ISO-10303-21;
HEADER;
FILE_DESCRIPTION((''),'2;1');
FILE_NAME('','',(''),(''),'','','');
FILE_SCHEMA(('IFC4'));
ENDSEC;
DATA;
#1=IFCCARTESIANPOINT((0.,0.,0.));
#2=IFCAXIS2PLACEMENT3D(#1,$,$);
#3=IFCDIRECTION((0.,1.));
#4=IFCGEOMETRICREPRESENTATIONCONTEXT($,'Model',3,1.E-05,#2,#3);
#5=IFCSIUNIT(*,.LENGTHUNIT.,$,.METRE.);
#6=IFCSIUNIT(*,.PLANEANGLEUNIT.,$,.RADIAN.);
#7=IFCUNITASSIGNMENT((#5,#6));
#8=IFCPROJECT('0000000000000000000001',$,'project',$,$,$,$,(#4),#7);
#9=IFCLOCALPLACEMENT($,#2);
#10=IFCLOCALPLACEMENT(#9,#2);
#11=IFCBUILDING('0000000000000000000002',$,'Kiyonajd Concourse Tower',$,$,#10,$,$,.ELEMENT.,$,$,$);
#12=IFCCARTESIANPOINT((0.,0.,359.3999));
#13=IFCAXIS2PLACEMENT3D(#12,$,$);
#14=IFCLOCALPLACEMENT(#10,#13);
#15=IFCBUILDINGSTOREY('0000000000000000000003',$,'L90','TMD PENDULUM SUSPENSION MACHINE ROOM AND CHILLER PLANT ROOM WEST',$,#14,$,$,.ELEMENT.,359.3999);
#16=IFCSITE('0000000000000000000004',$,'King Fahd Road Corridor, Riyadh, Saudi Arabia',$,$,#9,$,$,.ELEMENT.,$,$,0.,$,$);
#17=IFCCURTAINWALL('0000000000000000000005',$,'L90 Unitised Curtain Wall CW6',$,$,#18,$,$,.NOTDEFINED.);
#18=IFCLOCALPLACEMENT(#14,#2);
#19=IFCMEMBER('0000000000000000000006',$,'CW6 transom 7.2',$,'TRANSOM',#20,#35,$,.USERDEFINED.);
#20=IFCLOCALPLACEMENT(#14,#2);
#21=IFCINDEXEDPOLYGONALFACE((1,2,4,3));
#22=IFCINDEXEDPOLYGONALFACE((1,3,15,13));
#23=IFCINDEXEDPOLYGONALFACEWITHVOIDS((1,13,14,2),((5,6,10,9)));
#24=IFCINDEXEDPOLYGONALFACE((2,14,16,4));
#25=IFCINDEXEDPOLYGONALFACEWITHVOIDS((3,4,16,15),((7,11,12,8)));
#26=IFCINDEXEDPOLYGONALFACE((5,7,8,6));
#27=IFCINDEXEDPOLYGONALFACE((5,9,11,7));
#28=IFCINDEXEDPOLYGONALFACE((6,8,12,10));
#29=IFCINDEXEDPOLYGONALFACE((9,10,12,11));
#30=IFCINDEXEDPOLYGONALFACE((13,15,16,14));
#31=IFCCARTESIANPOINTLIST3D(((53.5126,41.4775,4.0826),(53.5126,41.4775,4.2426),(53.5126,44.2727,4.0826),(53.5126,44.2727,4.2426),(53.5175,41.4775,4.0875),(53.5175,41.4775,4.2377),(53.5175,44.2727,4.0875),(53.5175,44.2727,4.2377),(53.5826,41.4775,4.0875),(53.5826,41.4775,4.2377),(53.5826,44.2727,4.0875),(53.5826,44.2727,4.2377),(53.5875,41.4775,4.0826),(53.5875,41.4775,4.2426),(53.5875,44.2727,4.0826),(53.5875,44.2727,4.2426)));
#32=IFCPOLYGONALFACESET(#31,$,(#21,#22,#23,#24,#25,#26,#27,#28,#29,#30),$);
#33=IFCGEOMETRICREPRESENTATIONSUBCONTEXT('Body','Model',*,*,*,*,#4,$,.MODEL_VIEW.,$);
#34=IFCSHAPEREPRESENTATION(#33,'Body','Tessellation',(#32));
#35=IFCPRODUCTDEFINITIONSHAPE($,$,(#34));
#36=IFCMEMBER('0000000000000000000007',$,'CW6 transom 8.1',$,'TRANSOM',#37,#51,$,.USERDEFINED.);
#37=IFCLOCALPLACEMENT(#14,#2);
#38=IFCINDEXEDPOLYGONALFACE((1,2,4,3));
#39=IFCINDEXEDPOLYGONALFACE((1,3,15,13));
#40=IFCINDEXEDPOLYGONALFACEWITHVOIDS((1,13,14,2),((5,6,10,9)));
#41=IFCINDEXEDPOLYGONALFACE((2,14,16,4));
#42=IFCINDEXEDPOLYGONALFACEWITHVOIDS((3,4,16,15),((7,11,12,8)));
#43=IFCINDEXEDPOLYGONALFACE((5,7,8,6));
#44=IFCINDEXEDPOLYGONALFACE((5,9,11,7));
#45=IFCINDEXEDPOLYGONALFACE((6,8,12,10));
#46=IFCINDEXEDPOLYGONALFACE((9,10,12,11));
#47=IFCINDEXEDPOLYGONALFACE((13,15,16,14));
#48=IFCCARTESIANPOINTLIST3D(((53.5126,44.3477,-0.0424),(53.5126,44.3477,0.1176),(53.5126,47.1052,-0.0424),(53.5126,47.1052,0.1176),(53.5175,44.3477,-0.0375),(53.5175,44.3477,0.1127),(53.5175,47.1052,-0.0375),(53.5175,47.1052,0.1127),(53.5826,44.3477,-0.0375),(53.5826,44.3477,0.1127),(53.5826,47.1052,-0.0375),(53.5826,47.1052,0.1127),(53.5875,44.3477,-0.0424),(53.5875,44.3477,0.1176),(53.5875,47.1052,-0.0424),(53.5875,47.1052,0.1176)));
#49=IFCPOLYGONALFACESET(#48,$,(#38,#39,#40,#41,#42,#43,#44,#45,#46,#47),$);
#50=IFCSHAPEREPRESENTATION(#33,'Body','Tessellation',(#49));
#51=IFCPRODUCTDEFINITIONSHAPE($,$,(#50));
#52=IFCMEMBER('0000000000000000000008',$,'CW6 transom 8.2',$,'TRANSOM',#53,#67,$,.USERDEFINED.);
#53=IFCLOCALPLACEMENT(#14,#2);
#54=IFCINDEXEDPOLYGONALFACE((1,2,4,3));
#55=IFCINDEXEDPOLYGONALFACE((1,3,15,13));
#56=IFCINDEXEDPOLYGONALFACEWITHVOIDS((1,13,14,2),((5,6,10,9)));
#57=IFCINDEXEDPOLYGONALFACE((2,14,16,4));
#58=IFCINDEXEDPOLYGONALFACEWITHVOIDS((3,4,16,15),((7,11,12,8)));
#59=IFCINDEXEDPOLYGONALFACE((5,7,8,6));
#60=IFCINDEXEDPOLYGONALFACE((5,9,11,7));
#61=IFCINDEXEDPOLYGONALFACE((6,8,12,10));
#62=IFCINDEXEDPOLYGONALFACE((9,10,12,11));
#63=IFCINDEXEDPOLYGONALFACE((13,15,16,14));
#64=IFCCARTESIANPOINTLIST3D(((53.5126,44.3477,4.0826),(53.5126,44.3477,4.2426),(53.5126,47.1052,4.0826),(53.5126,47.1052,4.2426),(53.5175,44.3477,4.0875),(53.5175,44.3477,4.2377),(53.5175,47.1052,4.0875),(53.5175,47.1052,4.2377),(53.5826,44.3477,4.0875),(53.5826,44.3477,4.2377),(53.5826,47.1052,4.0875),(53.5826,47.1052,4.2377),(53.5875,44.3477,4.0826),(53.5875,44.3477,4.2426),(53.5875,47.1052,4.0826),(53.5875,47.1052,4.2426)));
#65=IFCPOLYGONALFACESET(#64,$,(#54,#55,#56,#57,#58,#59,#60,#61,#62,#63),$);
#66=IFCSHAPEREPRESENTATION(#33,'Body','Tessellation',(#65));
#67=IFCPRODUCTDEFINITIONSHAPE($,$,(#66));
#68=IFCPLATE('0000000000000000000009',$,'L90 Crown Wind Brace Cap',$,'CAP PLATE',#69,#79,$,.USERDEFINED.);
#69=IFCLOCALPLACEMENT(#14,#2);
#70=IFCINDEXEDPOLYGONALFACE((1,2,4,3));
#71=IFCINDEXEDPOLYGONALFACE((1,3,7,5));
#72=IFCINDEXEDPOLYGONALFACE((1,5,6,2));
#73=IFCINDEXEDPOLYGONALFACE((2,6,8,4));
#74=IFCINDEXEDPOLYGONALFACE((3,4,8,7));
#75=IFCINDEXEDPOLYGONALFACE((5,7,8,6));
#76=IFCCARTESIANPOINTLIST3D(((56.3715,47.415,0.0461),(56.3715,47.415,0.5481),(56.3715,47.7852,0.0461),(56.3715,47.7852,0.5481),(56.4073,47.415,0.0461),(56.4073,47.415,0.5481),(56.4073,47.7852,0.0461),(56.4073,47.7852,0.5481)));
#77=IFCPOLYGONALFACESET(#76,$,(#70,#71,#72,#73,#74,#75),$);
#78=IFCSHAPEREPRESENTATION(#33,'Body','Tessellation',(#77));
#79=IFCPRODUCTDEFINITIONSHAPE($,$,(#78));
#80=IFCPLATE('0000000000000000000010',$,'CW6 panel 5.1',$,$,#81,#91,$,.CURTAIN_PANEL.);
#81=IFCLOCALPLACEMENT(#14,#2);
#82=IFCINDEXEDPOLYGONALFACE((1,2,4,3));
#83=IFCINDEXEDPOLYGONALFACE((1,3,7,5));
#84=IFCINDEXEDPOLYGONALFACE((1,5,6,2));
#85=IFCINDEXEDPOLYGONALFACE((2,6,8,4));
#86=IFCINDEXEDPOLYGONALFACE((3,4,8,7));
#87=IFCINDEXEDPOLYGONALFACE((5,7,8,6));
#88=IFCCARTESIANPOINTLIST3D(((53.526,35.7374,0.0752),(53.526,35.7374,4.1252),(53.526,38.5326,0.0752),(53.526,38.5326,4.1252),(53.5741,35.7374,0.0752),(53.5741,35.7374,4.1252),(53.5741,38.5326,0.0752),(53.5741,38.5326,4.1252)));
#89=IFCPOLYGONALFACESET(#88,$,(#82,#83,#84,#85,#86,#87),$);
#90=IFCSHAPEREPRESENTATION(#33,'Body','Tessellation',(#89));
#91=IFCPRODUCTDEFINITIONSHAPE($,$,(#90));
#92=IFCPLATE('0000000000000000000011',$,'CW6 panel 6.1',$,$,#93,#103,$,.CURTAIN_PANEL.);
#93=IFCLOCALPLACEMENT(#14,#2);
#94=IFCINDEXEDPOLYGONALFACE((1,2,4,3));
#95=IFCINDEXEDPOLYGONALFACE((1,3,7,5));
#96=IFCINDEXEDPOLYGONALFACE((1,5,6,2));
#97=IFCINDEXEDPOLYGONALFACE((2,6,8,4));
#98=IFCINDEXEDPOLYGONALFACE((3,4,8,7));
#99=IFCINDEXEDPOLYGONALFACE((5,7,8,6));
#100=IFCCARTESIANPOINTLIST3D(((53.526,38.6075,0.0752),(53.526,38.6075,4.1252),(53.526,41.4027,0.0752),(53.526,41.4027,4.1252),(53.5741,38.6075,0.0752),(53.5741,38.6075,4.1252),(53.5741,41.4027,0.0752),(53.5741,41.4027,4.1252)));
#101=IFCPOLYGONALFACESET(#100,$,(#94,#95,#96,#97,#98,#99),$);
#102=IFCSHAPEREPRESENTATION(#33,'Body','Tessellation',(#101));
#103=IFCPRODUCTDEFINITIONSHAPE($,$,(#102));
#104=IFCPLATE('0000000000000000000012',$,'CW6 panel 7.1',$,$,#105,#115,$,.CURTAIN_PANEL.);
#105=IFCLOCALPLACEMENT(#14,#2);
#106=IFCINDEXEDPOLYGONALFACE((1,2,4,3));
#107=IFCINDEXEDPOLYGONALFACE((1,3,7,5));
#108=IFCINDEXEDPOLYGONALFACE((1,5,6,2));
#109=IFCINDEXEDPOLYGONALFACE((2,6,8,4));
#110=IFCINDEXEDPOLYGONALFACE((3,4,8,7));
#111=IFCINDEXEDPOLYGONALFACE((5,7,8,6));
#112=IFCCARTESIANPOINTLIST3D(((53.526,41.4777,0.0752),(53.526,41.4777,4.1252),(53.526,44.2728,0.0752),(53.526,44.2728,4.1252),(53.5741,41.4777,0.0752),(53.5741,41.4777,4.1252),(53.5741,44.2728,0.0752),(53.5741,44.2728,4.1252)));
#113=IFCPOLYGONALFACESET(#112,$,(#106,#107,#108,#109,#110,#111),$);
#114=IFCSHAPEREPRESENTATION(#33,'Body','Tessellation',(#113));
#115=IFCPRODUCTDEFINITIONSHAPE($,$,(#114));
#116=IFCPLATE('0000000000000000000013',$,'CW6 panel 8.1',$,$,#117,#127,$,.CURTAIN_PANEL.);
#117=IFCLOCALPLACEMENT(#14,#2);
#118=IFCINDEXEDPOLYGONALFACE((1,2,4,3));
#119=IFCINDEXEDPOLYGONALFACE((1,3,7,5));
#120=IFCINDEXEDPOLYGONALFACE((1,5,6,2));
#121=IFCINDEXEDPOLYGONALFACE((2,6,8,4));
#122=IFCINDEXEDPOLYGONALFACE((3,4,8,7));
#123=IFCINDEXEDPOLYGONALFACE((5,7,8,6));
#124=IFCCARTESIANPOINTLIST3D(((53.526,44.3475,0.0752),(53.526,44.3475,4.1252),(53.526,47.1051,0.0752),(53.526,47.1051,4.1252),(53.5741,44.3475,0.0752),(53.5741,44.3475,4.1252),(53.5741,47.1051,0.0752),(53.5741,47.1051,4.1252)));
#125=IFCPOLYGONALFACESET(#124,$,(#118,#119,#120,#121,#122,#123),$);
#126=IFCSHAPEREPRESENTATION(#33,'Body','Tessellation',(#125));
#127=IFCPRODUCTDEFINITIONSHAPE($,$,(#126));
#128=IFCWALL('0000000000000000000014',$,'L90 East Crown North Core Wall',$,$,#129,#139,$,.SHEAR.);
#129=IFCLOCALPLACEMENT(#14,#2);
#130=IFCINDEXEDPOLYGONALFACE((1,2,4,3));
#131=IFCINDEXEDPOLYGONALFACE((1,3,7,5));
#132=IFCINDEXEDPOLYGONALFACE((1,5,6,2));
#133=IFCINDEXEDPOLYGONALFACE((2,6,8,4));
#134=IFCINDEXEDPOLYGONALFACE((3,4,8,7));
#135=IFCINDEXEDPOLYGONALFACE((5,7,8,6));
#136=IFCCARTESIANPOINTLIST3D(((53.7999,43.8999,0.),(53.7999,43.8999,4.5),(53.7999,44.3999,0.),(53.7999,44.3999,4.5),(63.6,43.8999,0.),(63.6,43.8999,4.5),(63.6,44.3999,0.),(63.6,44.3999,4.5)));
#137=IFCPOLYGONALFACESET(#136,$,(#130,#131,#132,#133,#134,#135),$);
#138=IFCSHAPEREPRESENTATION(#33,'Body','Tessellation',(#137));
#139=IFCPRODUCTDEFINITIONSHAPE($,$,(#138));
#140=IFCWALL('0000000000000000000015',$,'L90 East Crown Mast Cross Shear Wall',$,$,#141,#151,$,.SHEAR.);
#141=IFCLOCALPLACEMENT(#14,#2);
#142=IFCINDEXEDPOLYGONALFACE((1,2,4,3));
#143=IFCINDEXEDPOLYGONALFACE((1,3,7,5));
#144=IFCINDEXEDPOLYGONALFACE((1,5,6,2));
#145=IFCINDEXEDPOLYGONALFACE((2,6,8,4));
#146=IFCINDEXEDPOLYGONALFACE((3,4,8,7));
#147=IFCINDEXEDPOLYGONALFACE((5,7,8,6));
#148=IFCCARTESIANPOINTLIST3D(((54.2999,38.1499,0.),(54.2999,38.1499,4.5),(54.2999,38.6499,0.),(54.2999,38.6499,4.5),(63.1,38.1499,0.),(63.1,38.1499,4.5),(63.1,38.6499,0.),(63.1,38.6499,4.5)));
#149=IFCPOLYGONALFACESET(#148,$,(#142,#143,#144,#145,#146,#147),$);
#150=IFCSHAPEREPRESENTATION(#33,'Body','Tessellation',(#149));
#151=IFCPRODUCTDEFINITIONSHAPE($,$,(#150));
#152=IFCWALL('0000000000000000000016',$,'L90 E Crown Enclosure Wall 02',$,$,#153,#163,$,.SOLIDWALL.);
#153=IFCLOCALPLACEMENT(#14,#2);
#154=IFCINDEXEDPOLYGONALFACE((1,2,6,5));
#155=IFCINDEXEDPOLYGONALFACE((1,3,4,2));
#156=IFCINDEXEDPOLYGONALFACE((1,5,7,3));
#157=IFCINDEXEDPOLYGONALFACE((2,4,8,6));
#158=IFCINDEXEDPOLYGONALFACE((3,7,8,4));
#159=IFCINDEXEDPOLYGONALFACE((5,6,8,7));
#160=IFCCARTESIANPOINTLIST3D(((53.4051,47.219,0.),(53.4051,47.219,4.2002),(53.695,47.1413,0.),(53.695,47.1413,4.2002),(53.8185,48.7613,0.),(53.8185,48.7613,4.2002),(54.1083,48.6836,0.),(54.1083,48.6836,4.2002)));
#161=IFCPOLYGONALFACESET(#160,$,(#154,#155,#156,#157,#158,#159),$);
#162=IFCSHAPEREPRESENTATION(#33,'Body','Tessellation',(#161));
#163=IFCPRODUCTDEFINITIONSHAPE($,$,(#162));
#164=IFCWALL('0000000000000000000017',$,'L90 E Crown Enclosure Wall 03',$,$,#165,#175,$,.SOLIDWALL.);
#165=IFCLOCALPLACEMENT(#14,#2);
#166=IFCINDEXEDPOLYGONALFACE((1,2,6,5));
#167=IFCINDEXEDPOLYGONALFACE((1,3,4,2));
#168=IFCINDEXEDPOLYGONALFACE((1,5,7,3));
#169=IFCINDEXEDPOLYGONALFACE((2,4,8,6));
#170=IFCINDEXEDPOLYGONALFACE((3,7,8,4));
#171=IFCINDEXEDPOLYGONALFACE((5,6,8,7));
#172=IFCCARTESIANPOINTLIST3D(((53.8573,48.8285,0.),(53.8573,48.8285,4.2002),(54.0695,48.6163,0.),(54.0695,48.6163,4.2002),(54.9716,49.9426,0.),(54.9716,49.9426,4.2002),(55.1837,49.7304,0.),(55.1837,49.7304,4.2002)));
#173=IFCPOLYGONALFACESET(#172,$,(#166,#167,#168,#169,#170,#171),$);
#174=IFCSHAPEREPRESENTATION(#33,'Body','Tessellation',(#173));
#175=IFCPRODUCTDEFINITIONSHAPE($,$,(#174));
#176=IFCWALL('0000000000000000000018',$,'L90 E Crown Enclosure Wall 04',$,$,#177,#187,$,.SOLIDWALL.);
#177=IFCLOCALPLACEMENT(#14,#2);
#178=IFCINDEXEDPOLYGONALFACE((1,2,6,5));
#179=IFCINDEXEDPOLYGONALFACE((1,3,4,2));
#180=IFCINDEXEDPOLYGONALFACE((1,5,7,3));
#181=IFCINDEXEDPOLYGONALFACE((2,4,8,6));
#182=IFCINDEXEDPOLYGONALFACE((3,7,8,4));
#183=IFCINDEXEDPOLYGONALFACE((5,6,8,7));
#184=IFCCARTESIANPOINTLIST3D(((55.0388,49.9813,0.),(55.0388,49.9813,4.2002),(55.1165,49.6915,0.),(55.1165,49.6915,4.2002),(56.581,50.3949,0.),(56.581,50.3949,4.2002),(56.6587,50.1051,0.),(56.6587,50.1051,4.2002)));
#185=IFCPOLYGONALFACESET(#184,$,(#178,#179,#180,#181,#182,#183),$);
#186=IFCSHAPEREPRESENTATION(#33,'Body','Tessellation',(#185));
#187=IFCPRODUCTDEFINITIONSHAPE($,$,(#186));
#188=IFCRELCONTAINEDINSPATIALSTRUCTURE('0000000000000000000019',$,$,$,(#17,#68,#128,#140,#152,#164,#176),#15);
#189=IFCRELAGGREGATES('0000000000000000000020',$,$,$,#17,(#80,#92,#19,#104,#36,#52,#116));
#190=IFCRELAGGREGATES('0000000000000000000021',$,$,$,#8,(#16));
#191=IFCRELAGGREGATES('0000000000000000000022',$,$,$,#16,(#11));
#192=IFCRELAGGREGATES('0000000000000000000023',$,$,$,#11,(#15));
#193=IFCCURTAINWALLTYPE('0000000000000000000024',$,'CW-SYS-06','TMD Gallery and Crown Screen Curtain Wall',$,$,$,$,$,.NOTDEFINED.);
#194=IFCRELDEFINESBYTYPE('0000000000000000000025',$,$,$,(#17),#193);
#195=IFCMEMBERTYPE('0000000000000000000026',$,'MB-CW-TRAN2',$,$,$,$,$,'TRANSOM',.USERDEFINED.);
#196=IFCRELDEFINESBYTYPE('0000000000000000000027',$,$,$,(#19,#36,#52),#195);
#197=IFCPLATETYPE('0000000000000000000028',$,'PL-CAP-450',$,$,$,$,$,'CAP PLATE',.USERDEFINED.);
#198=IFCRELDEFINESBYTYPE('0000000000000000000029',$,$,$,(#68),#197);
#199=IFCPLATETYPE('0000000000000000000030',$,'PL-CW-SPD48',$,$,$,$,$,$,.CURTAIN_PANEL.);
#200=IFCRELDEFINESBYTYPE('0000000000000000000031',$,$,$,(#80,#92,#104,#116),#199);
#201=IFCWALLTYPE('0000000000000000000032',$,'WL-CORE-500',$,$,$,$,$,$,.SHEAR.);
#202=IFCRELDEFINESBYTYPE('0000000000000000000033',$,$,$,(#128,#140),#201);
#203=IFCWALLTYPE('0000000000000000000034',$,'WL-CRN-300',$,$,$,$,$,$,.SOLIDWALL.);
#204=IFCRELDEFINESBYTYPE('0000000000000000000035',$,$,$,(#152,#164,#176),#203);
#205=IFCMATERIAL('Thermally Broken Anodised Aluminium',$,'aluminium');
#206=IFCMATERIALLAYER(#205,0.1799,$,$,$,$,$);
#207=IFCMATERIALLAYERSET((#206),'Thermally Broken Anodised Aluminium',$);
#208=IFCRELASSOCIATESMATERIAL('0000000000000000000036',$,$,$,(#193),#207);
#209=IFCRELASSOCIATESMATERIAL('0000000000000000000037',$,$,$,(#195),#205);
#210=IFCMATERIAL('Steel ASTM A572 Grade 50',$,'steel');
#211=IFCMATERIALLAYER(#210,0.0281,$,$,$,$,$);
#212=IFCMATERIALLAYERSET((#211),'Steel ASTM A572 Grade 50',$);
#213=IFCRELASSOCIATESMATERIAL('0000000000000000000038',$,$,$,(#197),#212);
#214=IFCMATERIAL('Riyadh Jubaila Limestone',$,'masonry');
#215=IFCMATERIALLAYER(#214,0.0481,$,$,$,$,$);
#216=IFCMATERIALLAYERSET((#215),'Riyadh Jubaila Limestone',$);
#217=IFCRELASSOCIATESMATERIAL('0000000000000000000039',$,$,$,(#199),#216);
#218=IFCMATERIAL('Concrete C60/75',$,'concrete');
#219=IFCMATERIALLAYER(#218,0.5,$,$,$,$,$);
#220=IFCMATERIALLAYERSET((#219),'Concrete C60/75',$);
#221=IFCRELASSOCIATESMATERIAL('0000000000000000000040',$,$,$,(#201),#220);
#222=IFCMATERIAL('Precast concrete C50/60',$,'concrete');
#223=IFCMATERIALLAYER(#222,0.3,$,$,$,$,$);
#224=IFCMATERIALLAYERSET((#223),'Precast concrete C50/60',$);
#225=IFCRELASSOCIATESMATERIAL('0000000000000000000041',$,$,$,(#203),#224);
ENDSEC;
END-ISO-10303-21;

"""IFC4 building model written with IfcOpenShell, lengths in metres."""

from ifc_helpers import new_model, si_unit, direction, frame, frame_2d, origin, origin_2d, place, context, subcontext, project, spatial, rectangle, hollow_rectangle, extrude, material, layer, layer_set, material_profile, profile_set, type_object, element, aggregate, save


model = new_model("IFC4")

# Units and contexts
model_context = context("Model", 3, precision=1e-05, world=origin(), true_north=direction((0.0, 1.0)))
body_context = subcontext(model_context, "Body", "Model", "MODEL_VIEW")
ifc_project = project(units=[si_unit("LENGTHUNIT", "METRE"), si_unit("PLANEANGLEUNIT", "RADIAN")], contexts=[model_context])

# Site, building, storey
site_placement = place(None, origin())
site = spatial("IfcSite", under=ifc_project, at=site_placement, Name="King Fahd Road Corridor, Riyadh, Saudi Arabia", CompositionType="ELEMENT", RefElevation=0.0)
building_placement = place(site_placement, origin())
building = spatial("IfcBuilding", under=site, at=building_placement, Name="Kiyonajd Concourse Tower", CompositionType="ELEMENT")
storey_placement = place(building_placement, frame((0.0, 0.0, 359.3999)))
storey = spatial("IfcBuildingStorey", under=building, at=storey_placement, Name="L90", Description="TMD PENDULUM SUSPENSION MACHINE ROOM AND CHILLER PLANT ROOM WEST", CompositionType="ELEMENT", Elevation=359.3999)

# Shared definitions
ifc_material_1 = material(Name="Steel ASTM A572 Grade 50", Category="steel")

# Shared definitions
ifc_material_2 = material(Name="Thermally Broken Anodised Aluminium", Category="aluminium")
ifc_layer_1 = layer(ifc_material_2, 0.1799)
ifc_layer_set_1 = layer_set([ifc_layer_1], Name="Thermally Broken Anodised Aluminium")
curtain_wall_type = type_object("IfcCurtainWallType", Name="CW-SYS-06", Description="TMD Gallery and Crown Screen Curtain Wall", PredefinedType="NOTDEFINED", material=ifc_layer_set_1)

# Curtain wall, members
curtain_wall_1_placement = place(storey_placement, origin())
curtain_wall_1 = element("IfcCurtainWall", 1, at=curtain_wall_1_placement, inside=storey, type_object=curtain_wall_type, Name="L90 Unitised Curtain Wall CW6", PredefinedType="NOTDEFINED")
ifc_material_profile_1 = material_profile(ifc_material_2, hollow_rectangle(XDim=0.075, YDim=0.1599, WallThickness=0.0049, at=origin_2d()), Name="TRAN-75x160")
ifc_profile_set_1 = profile_set([ifc_material_profile_1], Name="Thermally Broken Anodised Aluminium")
member_type_1 = type_object("IfcMemberType", Name="MB-CW-TRAN2", ElementType="TRANSOM", PredefinedType="USERDEFINED", material=ifc_profile_set_1)
member_1_placement = place(storey_placement, frame((53.55, 41.4775, 4.1626), z_axis=(0.0, 1.0, 0.0), x_axis=(-1.0, 0.0, 0.0)))
member_1 = element("IfcMember", 2, at=member_1_placement, type_object=member_type_1, Name="CW6 transom 7.2", ObjectType="TRANSOM", PredefinedType="USERDEFINED", context=body_context, shape_type="SweptSolid", body=[
    extrude(hollow_rectangle(XDim=0.075, YDim=0.1599, WallThickness=0.0049, at=origin_2d()), origin(), (0.0, 0.0, 1.0), 2.7952),
])
member_2_placement = place(storey_placement, frame((53.55, 44.3477, 0.0376), z_axis=(0.0, 1.0, 0.0), x_axis=(-1.0, 0.0, 0.0)))
member_2 = element("IfcMember", 3, at=member_2_placement, type_object=member_type_1, Name="CW6 transom 8.1", ObjectType="TRANSOM", PredefinedType="USERDEFINED", context=body_context, shape_type="SweptSolid", body=[
    extrude(hollow_rectangle(XDim=0.075, YDim=0.1599, WallThickness=0.0049, at=origin_2d()), origin(), (0.0, 0.0, 1.0), 2.7576),
])
member_3_placement = place(storey_placement, frame((53.55, 44.3477, 4.1626), z_axis=(0.0, 1.0, 0.0), x_axis=(-1.0, 0.0, 0.0)))
member_3 = element("IfcMember", 4, at=member_3_placement, type_object=member_type_1, Name="CW6 transom 8.2", ObjectType="TRANSOM", PredefinedType="USERDEFINED", context=body_context, shape_type="SweptSolid", body=[
    extrude(hollow_rectangle(XDim=0.075, YDim=0.1599, WallThickness=0.0049, at=origin_2d()), origin(), (0.0, 0.0, 1.0), 2.7576),
])

# Plates
ifc_layer_2 = layer(ifc_material_1, 0.0281)
ifc_layer_set_2 = layer_set([ifc_layer_2], Name="Steel ASTM A572 Grade 50")
plate_type_1 = type_object("IfcPlateType", Name="PL-CAP-450", ElementType="CAP PLATE", PredefinedType="USERDEFINED", material=ifc_layer_set_2)
plate_1_placement = place(storey_placement, frame((56.3894, 47.6001, 0.0461), z_axis=(0.0, 0.0, 1.0), x_axis=(-1.0, 0.0, 0.0)))
element("IfcPlate", 5, at=plate_1_placement, inside=storey, type_object=plate_type_1, Name="L90 Crown Wind Brace Cap", ObjectType="CAP PLATE", PredefinedType="USERDEFINED", context=body_context, shape_type="SweptSolid", body=[
    extrude(rectangle(XDim=0.0359, YDim=0.3701, at=origin_2d()), origin(), (0.0, 0.0, 1.0), 0.502),
])
ifc_material_3 = material(Name="Riyadh Jubaila Limestone", Category="masonry")
ifc_layer_3 = layer(ifc_material_3, 0.0481)
ifc_layer_set_3 = layer_set([ifc_layer_3], Name="Riyadh Jubaila Limestone")
plate_type_2 = type_object("IfcPlateType", Name="PL-CW-SPD48", PredefinedType="CURTAIN_PANEL", material=ifc_layer_set_3)
plate_2_placement = place(storey_placement, frame((53.55, 37.135, 0.0752), z_axis=(0.0, 0.0, 1.0), x_axis=(0.0, 1.0, 0.0)))
plate_2 = element("IfcPlate", 6, at=plate_2_placement, type_object=plate_type_2, Name="CW6 panel 5.1", PredefinedType="CURTAIN_PANEL", context=body_context, shape_type="SweptSolid", body=[
    extrude(rectangle(XDim=2.7952, YDim=0.0481, at=origin_2d()), origin(), (0.0, 0.0, 1.0), 4.05),
])
plate_3_placement = place(storey_placement, frame((53.55, 40.0051, 0.0752), z_axis=(0.0, 0.0, 1.0), x_axis=(0.0, 1.0, 0.0)))
plate_3 = element("IfcPlate", 7, at=plate_3_placement, type_object=plate_type_2, Name="CW6 panel 6.1", PredefinedType="CURTAIN_PANEL", context=body_context, shape_type="SweptSolid", body=[
    extrude(rectangle(XDim=2.7952, YDim=0.0481, at=origin_2d()), origin(), (0.0, 0.0, 1.0), 4.05),
])
plate_4_placement = place(storey_placement, frame((53.55, 42.8752, 0.0752), z_axis=(0.0, 0.0, 1.0), x_axis=(0.0, 1.0, 0.0)))
plate_4 = element("IfcPlate", 8, at=plate_4_placement, type_object=plate_type_2, Name="CW6 panel 7.1", PredefinedType="CURTAIN_PANEL", context=body_context, shape_type="SweptSolid", body=[
    extrude(rectangle(XDim=2.7952, YDim=0.0481, at=origin_2d()), origin(), (0.0, 0.0, 1.0), 4.05),
])
plate_5_placement = place(storey_placement, frame((53.55, 45.7263, 0.0752), z_axis=(0.0, 0.0, 1.0), x_axis=(0.0, 1.0, 0.0)))
plate_5 = element("IfcPlate", 9, at=plate_5_placement, type_object=plate_type_2, Name="CW6 panel 8.1", PredefinedType="CURTAIN_PANEL", context=body_context, shape_type="SweptSolid", body=[
    extrude(rectangle(XDim=2.7576, YDim=0.0481, at=origin_2d()), origin(), (0.0, 0.0, 1.0), 4.05),
])
aggregate(curtain_wall_1, [plate_2, plate_3, member_1, plate_4, member_2, member_3, plate_5])

# Walls
ifc_material_4 = material(Name="Concrete C60/75", Category="concrete")
ifc_layer_4 = layer(ifc_material_4, 0.5)
ifc_layer_set_4 = layer_set([ifc_layer_4], Name="Concrete C60/75")
wall_type_1 = type_object("IfcWallType", Name="WL-CORE-500", PredefinedType="SHEAR", material=ifc_layer_set_4)
wall_1_placement = place(storey_placement, frame((53.8, 44.1499, 0.0), z_axis=(0.0, 0.0, 1.0), x_axis=(1.0, 0.0, 0.0)))
element("IfcWall", 10, at=wall_1_placement, inside=storey, type_object=wall_type_1, Name="L90 East Crown North Core Wall", PredefinedType="SHEAR", context=body_context, shape_type="SweptSolid", body=[
    extrude(rectangle(XDim=9.8, YDim=0.5, at=frame_2d((4.8999, 0.0))), origin(), (0.0, 0.0, 1.0), 4.5),
])
wall_2_placement = place(storey_placement, frame((54.3, 38.3999, 0.0), z_axis=(0.0, 0.0, 1.0), x_axis=(1.0, 0.0, 0.0)))
element("IfcWall", 11, at=wall_2_placement, inside=storey, type_object=wall_type_1, Name="L90 East Crown Mast Cross Shear Wall", PredefinedType="SHEAR", context=body_context, shape_type="SweptSolid", body=[
    extrude(rectangle(XDim=8.8, YDim=0.5, at=frame_2d((4.3999, 0.0))), origin(), (0.0, 0.0, 1.0), 4.5),
])
ifc_material_5 = material(Name="Precast concrete C50/60", Category="concrete")
ifc_layer_5 = layer(ifc_material_5, 0.3)
ifc_layer_set_5 = layer_set([ifc_layer_5], Name="Precast concrete C50/60")
wall_type_2 = type_object("IfcWallType", Name="WL-CRN-300", PredefinedType="SOLIDWALL", material=ifc_layer_set_5)
wall_3_placement = place(storey_placement, frame((53.55, 47.1802, 0.0), z_axis=(0.0, 0.0, 1.0), x_axis=(0.258871, 0.965912, 0.0)))
element("IfcWall", 12, at=wall_3_placement, inside=storey, type_object=wall_type_2, Name="L90 E Crown Enclosure Wall 02", PredefinedType="SOLIDWALL", context=body_context, shape_type="SweptSolid", body=[
    extrude(rectangle(XDim=1.5967, YDim=0.3, at=frame_2d((0.7983, 0.0))), origin(), (0.0, 0.0, 1.0), 4.2002),
])
wall_4_placement = place(storey_placement, frame((53.9634, 48.7224, 0.0), z_axis=(0.0, 0.0, 1.0), x_axis=(0.707184, 0.707029, 0.0)))
element("IfcWall", 13, at=wall_4_placement, inside=storey, type_object=wall_type_2, Name="L90 E Crown Enclosure Wall 03", PredefinedType="SOLIDWALL", context=body_context, shape_type="SweptSolid", body=[
    extrude(rectangle(XDim=1.5757, YDim=0.3, at=frame_2d((0.7878, 0.0))), origin(), (0.0, 0.0, 1.0), 4.2002),
])
wall_5_placement = place(storey_placement, frame((55.0776, 49.8364, 0.0), z_axis=(0.0, 0.0, 1.0), x_axis=(0.965874, 0.259014, 0.0)))
element("IfcWall", 14, at=wall_5_placement, inside=storey, type_object=wall_type_2, Name="L90 E Crown Enclosure Wall 04", PredefinedType="SOLIDWALL", context=body_context, shape_type="SweptSolid", body=[
    extrude(rectangle(XDim=1.5967, YDim=0.3, at=frame_2d((0.7983, 0.0))), origin(), (0.0, 0.0, 1.0), 4.2002),
])

save(model, "model.ifc")
